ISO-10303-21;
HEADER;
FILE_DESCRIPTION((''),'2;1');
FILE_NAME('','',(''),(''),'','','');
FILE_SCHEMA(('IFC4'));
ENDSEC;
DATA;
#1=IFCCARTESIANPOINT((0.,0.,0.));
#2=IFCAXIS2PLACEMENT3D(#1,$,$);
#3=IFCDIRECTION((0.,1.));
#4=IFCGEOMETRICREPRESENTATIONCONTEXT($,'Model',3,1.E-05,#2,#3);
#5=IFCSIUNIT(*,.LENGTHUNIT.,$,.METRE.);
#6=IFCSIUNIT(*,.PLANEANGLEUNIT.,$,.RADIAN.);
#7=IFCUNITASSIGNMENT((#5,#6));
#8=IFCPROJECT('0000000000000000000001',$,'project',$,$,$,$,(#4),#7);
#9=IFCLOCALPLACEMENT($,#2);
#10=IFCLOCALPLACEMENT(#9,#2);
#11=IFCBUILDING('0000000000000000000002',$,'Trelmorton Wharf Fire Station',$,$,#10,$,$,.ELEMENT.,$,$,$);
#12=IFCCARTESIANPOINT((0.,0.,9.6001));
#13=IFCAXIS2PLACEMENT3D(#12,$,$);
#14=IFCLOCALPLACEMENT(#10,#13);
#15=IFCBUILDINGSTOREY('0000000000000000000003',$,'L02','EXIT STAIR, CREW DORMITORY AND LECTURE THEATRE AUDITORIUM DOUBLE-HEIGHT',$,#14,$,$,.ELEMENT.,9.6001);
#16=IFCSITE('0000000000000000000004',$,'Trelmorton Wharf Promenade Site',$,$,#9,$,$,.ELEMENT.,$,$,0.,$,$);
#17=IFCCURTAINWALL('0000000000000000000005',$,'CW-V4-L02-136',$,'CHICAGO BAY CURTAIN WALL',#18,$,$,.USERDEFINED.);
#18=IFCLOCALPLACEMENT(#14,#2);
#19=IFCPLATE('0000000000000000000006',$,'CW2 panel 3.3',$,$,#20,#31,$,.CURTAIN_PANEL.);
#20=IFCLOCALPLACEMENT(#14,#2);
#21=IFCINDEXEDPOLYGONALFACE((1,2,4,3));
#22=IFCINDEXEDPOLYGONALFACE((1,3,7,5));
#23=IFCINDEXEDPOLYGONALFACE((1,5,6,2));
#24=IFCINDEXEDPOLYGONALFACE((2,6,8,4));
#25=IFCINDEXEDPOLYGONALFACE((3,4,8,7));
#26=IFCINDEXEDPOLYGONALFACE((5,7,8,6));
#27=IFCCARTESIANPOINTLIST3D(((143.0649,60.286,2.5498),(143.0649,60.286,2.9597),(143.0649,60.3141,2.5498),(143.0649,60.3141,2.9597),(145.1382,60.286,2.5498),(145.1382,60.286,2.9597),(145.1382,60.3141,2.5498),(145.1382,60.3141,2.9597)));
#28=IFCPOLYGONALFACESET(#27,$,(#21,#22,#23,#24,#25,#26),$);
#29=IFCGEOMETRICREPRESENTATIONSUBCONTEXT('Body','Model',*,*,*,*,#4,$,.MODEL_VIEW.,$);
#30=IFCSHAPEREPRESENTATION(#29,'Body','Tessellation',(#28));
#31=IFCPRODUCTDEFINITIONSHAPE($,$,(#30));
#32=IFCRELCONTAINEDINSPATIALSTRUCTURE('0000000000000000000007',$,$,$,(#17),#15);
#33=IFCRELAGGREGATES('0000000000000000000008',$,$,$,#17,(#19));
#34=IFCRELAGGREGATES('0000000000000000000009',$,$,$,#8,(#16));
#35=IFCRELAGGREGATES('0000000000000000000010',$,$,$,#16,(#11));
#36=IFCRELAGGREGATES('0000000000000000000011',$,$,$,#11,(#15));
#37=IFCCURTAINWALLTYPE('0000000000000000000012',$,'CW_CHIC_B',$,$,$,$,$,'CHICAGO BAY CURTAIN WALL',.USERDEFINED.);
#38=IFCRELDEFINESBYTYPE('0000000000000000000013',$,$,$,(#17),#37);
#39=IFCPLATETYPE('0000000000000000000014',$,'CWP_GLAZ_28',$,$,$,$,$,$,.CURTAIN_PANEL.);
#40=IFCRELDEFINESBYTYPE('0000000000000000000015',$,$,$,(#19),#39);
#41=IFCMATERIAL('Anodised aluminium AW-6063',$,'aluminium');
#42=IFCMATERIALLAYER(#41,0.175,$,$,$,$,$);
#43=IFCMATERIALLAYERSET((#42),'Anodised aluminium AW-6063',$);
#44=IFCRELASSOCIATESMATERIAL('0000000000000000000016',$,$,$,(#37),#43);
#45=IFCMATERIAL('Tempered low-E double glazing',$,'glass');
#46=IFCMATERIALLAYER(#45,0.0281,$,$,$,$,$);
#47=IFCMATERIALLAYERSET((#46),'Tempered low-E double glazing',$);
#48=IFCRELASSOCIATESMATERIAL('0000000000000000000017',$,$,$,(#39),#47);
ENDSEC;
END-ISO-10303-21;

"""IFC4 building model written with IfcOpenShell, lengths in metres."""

from ifc_helpers import new_model, si_unit, direction, frame, origin, origin_2d, place, context, subcontext, project, spatial, rectangle, extrude, material, layer, layer_set, type_object, element, aggregate, save


model = new_model("IFC4")

# Units and contexts
model_context = context("Model", 3, precision=1e-05, world=origin(), true_north=direction((0.0, 1.0)))
body_context = subcontext(model_context, "Body", "Model", "MODEL_VIEW")
ifc_project = project(units=[si_unit("LENGTHUNIT", "METRE"), si_unit("PLANEANGLEUNIT", "RADIAN")], contexts=[model_context])

# Site, building, storey
site_placement = place(None, origin())
site = spatial("IfcSite", under=ifc_project, at=site_placement, Name="Trelmorton Wharf Promenade Site", CompositionType="ELEMENT", RefElevation=0.0)
building_placement = place(site_placement, origin())
building = spatial("IfcBuilding", under=site, at=building_placement, Name="Trelmorton Wharf Fire Station", CompositionType="ELEMENT")
storey_placement = place(building_placement, frame((0.0, 0.0, 9.6001)))
storey = spatial("IfcBuildingStorey", under=building, at=storey_placement, Name="L02", Description="EXIT STAIR, CREW DORMITORY AND LECTURE THEATRE AUDITORIUM DOUBLE-HEIGHT", CompositionType="ELEMENT", Elevation=9.6001)

# Curtain wall
ifc_material_1 = material(Name="Anodised aluminium AW-6063", Category="aluminium")
ifc_layer_1 = layer(ifc_material_1, 0.175)
ifc_layer_set_1 = layer_set([ifc_layer_1], Name="Anodised aluminium AW-6063")
curtain_wall_type = type_object("IfcCurtainWallType", Name="CW_CHIC_B", ElementType="CHICAGO BAY CURTAIN WALL", PredefinedType="USERDEFINED", material=ifc_layer_set_1)
curtain_wall_placement = place(storey_placement, origin())
curtain_wall = element("IfcCurtainWall", 1, at=curtain_wall_placement, inside=storey, type_object=curtain_wall_type, Name="CW-V4-L02-136", ObjectType="CHICAGO BAY CURTAIN WALL", PredefinedType="USERDEFINED")

# Plate
ifc_material_2 = material(Name="Tempered low-E double glazing", Category="glass")
ifc_layer_2 = layer(ifc_material_2, 0.0281)
ifc_layer_set_2 = layer_set([ifc_layer_2], Name="Tempered low-E double glazing")
plate_type = type_object("IfcPlateType", Name="CWP_GLAZ_28", PredefinedType="CURTAIN_PANEL", material=ifc_layer_set_2)
plate_1_placement = place(storey_placement, frame((144.1016, 60.3, 2.5498), z_axis=(0.0, 0.0, 1.0), x_axis=(-1.0, 0.0, 0.0)))
plate_1 = element("IfcPlate", 2, at=plate_1_placement, type_object=plate_type, Name="CW2 panel 3.3", PredefinedType="CURTAIN_PANEL", context=body_context, shape_type="SweptSolid", body=[
    extrude(rectangle(XDim=2.0732, YDim=0.0281, at=origin_2d()), origin(), (0.0, 0.0, 1.0), 0.4099),
])
aggregate(curtain_wall, [plate_1])

save(model, "model.ifc")
